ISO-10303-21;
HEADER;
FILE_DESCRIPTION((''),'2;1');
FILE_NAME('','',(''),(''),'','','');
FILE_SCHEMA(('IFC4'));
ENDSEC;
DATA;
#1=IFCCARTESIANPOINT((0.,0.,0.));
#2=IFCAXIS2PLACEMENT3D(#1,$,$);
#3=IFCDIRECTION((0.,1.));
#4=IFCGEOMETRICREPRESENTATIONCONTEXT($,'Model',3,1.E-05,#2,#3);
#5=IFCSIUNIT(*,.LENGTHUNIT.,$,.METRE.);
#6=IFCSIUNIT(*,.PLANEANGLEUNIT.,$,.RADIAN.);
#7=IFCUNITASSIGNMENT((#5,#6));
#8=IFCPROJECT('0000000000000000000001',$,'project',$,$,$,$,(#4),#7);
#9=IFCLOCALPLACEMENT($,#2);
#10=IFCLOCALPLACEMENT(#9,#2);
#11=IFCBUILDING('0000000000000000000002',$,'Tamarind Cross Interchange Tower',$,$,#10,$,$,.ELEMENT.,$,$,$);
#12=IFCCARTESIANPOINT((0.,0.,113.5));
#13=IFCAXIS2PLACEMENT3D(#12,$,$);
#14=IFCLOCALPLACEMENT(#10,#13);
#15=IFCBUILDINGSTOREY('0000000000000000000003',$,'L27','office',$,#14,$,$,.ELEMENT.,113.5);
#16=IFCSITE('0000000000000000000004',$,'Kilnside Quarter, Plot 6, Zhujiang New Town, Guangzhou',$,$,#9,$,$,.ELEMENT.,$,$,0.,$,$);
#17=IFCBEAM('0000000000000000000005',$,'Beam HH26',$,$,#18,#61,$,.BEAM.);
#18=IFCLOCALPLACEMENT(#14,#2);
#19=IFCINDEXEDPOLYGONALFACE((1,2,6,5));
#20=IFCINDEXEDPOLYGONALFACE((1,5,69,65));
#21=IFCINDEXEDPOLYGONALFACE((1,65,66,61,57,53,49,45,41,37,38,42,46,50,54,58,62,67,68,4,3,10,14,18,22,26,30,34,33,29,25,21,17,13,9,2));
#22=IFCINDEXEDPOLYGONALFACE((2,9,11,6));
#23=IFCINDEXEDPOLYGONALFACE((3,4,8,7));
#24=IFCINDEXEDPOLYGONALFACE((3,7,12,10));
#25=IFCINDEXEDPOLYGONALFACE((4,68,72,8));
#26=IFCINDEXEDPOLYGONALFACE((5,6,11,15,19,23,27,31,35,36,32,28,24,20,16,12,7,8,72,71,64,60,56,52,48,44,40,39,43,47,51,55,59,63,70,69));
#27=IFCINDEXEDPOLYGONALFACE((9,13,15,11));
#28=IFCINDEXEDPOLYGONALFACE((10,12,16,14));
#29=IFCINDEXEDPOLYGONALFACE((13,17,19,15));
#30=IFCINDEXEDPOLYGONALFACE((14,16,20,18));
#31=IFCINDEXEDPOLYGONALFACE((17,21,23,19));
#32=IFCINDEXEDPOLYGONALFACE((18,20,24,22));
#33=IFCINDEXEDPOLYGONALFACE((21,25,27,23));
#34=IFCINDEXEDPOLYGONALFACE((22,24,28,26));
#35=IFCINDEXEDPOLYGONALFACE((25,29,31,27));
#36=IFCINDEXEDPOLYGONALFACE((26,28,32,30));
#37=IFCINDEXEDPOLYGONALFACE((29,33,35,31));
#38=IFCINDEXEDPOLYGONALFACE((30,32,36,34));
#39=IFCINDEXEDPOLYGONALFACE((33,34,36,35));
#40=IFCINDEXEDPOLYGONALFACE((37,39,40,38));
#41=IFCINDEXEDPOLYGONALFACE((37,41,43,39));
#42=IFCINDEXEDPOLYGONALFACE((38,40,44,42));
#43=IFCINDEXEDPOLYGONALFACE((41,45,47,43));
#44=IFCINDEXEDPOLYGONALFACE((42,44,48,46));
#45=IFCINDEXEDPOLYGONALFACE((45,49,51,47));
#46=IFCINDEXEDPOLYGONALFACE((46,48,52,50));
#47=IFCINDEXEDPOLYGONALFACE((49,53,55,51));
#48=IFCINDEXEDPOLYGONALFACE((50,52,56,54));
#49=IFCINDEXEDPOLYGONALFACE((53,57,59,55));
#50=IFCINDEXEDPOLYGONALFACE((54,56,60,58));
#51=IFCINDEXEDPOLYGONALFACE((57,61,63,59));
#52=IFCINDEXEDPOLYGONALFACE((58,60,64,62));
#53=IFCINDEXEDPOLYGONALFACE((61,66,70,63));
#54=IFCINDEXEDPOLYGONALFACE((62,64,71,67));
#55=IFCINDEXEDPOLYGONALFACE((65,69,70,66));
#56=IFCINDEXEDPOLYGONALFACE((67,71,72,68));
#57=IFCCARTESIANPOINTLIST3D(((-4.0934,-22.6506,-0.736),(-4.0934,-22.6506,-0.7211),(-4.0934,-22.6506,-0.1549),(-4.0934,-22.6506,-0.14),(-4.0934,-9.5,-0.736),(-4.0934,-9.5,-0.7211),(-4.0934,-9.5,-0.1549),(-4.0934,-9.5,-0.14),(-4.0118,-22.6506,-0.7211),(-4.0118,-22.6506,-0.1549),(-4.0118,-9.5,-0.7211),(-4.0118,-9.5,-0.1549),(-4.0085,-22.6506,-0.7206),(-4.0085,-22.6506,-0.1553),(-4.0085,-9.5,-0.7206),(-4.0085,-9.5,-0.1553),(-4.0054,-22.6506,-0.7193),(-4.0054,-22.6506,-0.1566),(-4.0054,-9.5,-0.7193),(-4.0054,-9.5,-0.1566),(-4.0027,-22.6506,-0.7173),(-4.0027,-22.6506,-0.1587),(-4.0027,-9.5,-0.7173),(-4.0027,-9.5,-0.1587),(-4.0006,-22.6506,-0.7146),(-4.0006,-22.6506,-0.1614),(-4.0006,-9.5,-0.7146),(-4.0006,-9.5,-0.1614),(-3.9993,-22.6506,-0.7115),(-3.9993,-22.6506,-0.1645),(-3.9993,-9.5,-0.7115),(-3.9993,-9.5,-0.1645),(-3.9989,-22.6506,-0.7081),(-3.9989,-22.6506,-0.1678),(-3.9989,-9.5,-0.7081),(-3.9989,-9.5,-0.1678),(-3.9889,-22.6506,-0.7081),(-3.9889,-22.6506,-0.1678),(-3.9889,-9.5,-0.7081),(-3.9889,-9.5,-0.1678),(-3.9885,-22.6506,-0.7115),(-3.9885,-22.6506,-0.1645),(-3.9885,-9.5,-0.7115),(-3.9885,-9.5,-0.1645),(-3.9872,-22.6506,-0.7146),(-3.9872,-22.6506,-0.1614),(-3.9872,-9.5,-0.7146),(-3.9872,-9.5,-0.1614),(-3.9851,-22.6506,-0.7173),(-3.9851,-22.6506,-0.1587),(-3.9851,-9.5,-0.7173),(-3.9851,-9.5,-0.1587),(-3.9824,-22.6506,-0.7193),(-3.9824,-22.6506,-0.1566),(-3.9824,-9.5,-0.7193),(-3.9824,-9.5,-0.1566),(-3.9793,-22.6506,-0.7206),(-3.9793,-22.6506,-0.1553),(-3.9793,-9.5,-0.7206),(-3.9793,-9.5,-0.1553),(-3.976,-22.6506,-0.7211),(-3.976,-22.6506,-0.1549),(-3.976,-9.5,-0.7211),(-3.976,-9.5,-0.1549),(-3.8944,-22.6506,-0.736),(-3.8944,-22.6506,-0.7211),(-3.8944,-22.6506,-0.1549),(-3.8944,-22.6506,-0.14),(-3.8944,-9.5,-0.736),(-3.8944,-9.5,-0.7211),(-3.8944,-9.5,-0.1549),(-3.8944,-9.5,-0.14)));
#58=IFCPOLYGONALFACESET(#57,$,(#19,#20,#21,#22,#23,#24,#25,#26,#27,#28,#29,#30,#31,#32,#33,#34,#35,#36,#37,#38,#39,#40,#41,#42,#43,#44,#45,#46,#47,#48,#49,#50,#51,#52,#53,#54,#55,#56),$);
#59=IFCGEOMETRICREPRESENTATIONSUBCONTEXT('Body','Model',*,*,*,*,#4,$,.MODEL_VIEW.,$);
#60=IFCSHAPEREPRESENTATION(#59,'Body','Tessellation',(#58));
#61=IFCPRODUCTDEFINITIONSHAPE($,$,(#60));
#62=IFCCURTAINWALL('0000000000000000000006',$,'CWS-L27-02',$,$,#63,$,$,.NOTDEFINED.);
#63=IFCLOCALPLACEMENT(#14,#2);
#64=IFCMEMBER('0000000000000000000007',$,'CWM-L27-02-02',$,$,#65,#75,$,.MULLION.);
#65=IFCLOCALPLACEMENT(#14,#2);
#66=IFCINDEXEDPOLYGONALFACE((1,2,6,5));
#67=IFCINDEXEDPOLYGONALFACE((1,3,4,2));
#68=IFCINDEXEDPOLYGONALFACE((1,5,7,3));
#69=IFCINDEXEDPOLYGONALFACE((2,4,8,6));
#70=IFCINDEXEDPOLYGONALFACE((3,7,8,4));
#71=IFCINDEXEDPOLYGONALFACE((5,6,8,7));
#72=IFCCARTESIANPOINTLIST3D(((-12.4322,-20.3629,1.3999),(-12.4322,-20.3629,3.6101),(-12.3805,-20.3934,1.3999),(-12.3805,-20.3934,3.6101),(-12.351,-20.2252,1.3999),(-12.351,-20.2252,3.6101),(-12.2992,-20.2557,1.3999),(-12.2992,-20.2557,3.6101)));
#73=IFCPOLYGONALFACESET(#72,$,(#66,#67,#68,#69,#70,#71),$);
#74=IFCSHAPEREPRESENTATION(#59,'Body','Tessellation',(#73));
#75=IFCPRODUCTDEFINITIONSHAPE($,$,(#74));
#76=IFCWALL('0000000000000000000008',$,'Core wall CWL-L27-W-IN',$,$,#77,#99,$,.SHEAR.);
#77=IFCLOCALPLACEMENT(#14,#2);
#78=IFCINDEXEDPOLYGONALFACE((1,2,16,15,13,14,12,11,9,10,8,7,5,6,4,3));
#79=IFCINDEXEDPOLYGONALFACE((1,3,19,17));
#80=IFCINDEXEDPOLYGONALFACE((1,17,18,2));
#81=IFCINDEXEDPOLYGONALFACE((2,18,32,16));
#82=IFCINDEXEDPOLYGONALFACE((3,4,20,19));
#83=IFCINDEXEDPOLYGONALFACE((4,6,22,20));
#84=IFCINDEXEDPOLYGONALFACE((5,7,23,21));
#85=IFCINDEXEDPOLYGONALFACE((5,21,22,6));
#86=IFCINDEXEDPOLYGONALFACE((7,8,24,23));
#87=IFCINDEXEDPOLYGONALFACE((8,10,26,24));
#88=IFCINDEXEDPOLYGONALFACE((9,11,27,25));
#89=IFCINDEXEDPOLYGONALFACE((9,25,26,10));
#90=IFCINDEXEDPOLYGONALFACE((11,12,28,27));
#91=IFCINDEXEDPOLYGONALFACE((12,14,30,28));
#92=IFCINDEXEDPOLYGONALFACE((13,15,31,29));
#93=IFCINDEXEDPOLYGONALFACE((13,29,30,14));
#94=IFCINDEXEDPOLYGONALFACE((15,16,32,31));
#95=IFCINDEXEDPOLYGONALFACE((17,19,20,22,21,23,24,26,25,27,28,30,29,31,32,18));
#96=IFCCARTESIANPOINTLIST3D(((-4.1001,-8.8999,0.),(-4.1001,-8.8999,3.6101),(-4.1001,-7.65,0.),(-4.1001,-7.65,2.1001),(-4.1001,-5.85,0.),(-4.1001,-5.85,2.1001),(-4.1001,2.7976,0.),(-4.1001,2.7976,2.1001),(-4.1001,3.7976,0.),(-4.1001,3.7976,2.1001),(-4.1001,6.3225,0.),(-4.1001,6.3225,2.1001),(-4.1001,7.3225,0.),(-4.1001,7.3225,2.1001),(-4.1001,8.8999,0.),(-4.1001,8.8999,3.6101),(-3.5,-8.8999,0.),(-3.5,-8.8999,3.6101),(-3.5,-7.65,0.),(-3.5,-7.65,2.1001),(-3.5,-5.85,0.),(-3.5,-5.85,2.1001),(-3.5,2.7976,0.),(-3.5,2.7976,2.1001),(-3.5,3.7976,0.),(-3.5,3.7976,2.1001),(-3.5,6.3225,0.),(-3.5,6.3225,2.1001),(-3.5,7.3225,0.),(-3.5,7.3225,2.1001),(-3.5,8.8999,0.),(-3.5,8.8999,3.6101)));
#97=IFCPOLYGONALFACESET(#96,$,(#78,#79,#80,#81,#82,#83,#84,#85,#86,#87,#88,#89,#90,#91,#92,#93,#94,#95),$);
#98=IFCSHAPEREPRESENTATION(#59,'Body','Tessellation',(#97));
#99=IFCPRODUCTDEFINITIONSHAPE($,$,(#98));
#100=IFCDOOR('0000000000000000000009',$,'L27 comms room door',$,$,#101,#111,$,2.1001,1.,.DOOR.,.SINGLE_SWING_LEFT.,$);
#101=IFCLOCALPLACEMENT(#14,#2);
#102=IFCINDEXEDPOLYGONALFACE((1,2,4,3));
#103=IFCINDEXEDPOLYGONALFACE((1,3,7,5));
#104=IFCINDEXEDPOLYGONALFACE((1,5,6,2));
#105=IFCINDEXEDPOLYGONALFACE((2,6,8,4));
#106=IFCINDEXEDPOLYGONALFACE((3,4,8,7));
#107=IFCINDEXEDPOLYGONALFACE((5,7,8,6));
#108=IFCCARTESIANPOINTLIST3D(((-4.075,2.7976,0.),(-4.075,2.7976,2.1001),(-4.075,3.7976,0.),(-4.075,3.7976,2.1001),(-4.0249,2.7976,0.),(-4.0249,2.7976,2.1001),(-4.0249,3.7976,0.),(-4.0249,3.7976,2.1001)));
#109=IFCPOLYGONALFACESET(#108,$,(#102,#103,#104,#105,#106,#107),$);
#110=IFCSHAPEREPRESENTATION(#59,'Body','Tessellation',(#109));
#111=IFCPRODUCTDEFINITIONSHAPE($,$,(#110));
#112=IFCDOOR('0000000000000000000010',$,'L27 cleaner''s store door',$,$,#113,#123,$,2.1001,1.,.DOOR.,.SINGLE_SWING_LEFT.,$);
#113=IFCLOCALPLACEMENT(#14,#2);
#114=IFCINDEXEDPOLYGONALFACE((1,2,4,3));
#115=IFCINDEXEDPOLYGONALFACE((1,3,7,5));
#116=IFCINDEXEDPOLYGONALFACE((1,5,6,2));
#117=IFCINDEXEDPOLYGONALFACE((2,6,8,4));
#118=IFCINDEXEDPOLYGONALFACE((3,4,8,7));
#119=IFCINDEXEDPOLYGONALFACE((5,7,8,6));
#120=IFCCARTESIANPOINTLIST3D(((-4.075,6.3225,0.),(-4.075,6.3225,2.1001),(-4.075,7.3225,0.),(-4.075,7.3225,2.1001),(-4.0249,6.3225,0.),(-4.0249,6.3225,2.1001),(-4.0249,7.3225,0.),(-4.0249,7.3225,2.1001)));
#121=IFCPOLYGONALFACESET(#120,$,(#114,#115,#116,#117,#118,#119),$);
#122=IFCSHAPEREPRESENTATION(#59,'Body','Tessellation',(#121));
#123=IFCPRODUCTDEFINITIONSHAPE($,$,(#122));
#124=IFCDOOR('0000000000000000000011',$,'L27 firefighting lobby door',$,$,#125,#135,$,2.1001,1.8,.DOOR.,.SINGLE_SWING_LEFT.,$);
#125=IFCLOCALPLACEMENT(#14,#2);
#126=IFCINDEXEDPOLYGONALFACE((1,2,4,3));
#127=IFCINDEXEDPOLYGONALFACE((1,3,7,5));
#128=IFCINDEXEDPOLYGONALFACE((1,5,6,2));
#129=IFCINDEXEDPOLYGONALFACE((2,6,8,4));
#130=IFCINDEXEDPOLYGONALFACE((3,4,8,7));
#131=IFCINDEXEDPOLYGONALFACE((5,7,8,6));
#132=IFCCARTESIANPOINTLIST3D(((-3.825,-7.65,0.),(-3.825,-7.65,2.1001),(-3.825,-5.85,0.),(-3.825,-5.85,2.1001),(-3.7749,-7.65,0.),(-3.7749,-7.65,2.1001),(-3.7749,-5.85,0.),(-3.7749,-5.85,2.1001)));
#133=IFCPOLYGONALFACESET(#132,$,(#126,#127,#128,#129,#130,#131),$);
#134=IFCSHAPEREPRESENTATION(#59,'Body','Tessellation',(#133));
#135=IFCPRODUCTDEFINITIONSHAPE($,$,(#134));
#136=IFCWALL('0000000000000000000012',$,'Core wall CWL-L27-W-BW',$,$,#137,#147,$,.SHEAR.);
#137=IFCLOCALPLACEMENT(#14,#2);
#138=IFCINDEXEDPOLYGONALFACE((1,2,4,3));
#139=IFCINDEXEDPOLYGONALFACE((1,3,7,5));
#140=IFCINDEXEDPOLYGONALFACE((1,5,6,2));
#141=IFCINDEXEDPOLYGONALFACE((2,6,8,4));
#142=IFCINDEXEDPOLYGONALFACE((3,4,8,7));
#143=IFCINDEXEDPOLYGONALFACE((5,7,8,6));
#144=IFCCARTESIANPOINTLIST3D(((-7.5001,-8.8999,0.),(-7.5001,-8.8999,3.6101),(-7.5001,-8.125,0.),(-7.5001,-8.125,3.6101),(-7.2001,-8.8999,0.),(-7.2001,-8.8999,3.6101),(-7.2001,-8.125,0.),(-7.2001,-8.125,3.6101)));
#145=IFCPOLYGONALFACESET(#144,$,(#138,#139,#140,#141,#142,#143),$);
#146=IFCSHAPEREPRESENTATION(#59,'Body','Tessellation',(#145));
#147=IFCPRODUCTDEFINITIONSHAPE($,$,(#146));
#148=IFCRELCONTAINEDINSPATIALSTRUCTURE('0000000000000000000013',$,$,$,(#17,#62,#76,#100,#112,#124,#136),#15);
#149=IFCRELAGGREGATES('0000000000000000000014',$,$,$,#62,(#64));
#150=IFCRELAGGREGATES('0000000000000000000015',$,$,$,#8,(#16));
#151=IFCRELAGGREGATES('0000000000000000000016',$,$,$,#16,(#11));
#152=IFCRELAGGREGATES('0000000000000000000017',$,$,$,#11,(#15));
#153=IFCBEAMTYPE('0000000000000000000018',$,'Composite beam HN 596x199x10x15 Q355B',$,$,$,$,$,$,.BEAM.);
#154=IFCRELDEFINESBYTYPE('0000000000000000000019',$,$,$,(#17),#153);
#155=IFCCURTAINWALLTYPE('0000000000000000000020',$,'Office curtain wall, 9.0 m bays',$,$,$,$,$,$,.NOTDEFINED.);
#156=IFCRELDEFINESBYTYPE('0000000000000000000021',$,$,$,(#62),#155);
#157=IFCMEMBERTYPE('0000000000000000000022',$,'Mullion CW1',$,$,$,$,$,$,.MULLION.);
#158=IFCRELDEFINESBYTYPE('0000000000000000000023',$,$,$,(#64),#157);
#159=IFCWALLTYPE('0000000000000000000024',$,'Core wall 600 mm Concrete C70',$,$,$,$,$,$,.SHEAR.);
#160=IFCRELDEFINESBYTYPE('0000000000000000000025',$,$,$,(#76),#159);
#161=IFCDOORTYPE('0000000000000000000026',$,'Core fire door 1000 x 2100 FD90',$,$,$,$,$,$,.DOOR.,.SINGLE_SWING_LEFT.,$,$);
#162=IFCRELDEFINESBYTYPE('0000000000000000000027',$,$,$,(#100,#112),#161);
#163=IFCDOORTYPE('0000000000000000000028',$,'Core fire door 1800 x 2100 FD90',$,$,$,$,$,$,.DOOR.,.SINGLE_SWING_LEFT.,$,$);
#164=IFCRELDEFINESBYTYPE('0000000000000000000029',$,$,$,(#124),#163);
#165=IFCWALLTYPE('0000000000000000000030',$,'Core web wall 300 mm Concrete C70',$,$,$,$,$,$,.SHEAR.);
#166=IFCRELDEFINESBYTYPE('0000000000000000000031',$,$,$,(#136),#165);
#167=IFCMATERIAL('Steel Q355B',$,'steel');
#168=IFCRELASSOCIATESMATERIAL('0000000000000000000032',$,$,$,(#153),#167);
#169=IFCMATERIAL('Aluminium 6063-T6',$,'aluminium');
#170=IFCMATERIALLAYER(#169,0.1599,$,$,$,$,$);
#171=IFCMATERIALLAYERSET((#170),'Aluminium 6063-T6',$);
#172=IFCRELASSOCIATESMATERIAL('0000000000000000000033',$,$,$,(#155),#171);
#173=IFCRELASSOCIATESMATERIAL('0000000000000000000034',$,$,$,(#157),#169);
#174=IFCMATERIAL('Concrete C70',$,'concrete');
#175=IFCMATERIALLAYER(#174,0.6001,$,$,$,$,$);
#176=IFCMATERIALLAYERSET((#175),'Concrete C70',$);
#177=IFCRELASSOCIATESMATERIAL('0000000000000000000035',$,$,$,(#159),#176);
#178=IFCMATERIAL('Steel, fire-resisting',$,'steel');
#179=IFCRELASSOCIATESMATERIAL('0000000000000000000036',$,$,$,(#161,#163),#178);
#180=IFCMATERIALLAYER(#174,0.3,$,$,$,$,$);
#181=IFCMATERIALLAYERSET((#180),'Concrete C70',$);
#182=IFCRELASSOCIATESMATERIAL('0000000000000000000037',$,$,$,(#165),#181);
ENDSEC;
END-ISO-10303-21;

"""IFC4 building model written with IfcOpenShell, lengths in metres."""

from ifc_helpers import new_model, si_unit, direction, frame, frame_2d, origin, origin_2d, place, context, subcontext, project, spatial, rectangle, i_section, extrude, material, layer, layer_set, material_profile, profile_set, type_object, element, fill, aggregate, save


model = new_model("IFC4")

# Units and contexts
model_context = context("Model", 3, precision=1e-05, world=origin(), true_north=direction((0.0, 1.0)))
body_context = subcontext(model_context, "Body", "Model", "MODEL_VIEW")
ifc_project = project(units=[si_unit("LENGTHUNIT", "METRE"), si_unit("PLANEANGLEUNIT", "RADIAN")], contexts=[model_context])

# Site, building, storey
site_placement = place(None, origin())
site = spatial("IfcSite", under=ifc_project, at=site_placement, Name="Kilnside Quarter, Plot 6, Zhujiang New Town, Guangzhou", CompositionType="ELEMENT", RefElevation=0.0)
building_placement = place(site_placement, origin())
building = spatial("IfcBuilding", under=site, at=building_placement, Name="Tamarind Cross Interchange Tower", CompositionType="ELEMENT")
storey_placement = place(building_placement, frame((0.0, 0.0, 113.5)))
storey = spatial("IfcBuildingStorey", under=building, at=storey_placement, Name="L27", Description="office", CompositionType="ELEMENT", Elevation=113.5)

# Beam
ifc_material_1 = material(Name="Steel Q355B", Category="steel")
ifc_material_profile_1 = material_profile(ifc_material_1, i_section(OverallWidth=0.199, OverallDepth=0.5959, WebThickness=0.01, FlangeThickness=0.0149, FilletRadius=0.0129, at=origin_2d()), Name="HN 596x199x10x15")
ifc_profile_set_1 = profile_set([ifc_material_profile_1], Name="Steel Q355B")
beam_type_1 = type_object("IfcBeamType", Name="Composite beam HN 596x199x10x15 Q355B", PredefinedType="BEAM", material=ifc_profile_set_1)
beam_1_placement = place(storey_placement, frame((-3.9939, -22.6506, -0.438), z_axis=(0.0, 1.0, 0.0), x_axis=(-1.0, 0.0, 0.0)))
element("IfcBeam", 1, at=beam_1_placement, inside=storey, type_object=beam_type_1, Name="Beam HH26", PredefinedType="BEAM", context=body_context, shape_type="SweptSolid", body=[
    extrude(i_section(OverallWidth=0.199, OverallDepth=0.5959, WebThickness=0.01, FlangeThickness=0.0149, FilletRadius=0.0129, at=origin_2d()), origin(), (0.0, 0.0, 1.0), 13.1506),
])

# Curtain wall, member
ifc_material_2 = material(Name="Aluminium 6063-T6", Category="aluminium")
ifc_layer_1 = layer(ifc_material_2, 0.1599)
ifc_layer_set_1 = layer_set([ifc_layer_1], Name="Aluminium 6063-T6")
curtain_wall_type = type_object("IfcCurtainWallType", Name="Office curtain wall, 9.0 m bays", PredefinedType="NOTDEFINED", material=ifc_layer_set_1)
curtain_wall_placement = place(storey_placement, origin())
curtain_wall = element("IfcCurtainWall", 2, at=curtain_wall_placement, inside=storey, type_object=curtain_wall_type, Name="CWS-L27-02", PredefinedType="NOTDEFINED")
ifc_material_profile_2 = material_profile(ifc_material_2, rectangle(XDim=0.0601, YDim=0.1599, at=origin_2d()), Name="Mullion CW1")
ifc_profile_set_2 = profile_set([ifc_material_profile_2], Name="Aluminium 6063-T6")
member_type = type_object("IfcMemberType", Name="Mullion CW1", PredefinedType="MULLION", material=ifc_profile_set_2)
member_placement = place(storey_placement, frame((-12.3657, -20.3093, 1.3999), z_axis=(0.0, 0.0, 1.0), x_axis=(0.861249, -0.508183, 0.0)))
member = element("IfcMember", 3, at=member_placement, type_object=member_type, Name="CWM-L27-02-02", PredefinedType="MULLION", context=body_context, shape_type="SweptSolid", body=[
    extrude(rectangle(XDim=0.0601, YDim=0.1599, at=origin_2d()), origin(), (0.0, 0.0, 1.0), 2.2102),
])
aggregate(curtain_wall, [member])

# Wall, openings, doors
ifc_material_3 = material(Name="Concrete C70", Category="concrete")
ifc_layer_2 = layer(ifc_material_3, 0.6001)
ifc_layer_set_2 = layer_set([ifc_layer_2], Name="Concrete C70")
wall_type_1 = type_object("IfcWallType", Name="Core wall 600 mm Concrete C70", PredefinedType="SHEAR", material=ifc_layer_set_2)
wall_1_placement = place(storey_placement, frame((-3.8, -8.8999, 0.0), z_axis=(0.0, 0.0, 1.0), x_axis=(0.0, 1.0, 0.0)))
wall_1 = element("IfcWall", 4, at=wall_1_placement, inside=storey, type_object=wall_type_1, Name="Core wall CWL-L27-W-IN", PredefinedType="SHEAR", context=body_context, shape_type="SweptSolid", body=[
    extrude(rectangle(XDim=17.7998, YDim=0.6001, at=frame_2d((8.8999, 0.0))), origin(), (0.0, 0.0, 1.0), 3.6101),
])
opening_1_placement = place(wall_1_placement, frame((1.25, 0.0, 0.0)))
opening_1 = element("IfcOpeningElement", 5, at=opening_1_placement, cuts=wall_1, PredefinedType="OPENING", context=body_context, shape_type="SweptSolid", body=[
    extrude(rectangle(XDim=1.8, YDim=2.1001, at=frame_2d((0.8999, 1.05))), frame((0.0, 0.3101, 0.0), z_axis=(0.0, -1.0, 0.0), x_axis=(1.0, 0.0, 0.0)), (0.0, 0.0, 1.0), 0.6201),
])
opening_2_placement = place(wall_1_placement, frame((11.6975, 0.0, 0.0)))
opening_2 = element("IfcOpeningElement", 6, at=opening_2_placement, cuts=wall_1, PredefinedType="OPENING", context=body_context, shape_type="SweptSolid", body=[
    extrude(rectangle(XDim=1.0, YDim=2.1001, at=frame_2d((0.5, 1.05))), frame((0.0, 0.3101, 0.0), z_axis=(0.0, -1.0, 0.0), x_axis=(1.0, 0.0, 0.0)), (0.0, 0.0, 1.0), 0.6201),
])
opening_3_placement = place(wall_1_placement, frame((15.2224, 0.0, 0.0)))
opening_3 = element("IfcOpeningElement", 7, at=opening_3_placement, cuts=wall_1, PredefinedType="OPENING", context=body_context, shape_type="SweptSolid", body=[
    extrude(rectangle(XDim=1.0, YDim=2.1001, at=frame_2d((0.5, 1.05))), frame((0.0, 0.3101, 0.0), z_axis=(0.0, -1.0, 0.0), x_axis=(1.0, 0.0, 0.0)), (0.0, 0.0, 1.0), 0.6201),
])
ifc_material_4 = material(Name="Steel, fire-resisting", Category="steel")
door_type_1 = type_object("IfcDoorType", Name="Core fire door 1000 x 2100 FD90", OperationType="SINGLE_SWING_LEFT", PredefinedType="DOOR", material=ifc_material_4)
door_1_placement = place(opening_2_placement, origin())
door_1 = element("IfcDoor", 8, at=door_1_placement, inside=storey, type_object=door_type_1, Name="L27 comms room door", OperationType="SINGLE_SWING_LEFT", OverallHeight=2.1001, OverallWidth=1.0, PredefinedType="DOOR", context=body_context, shape_type="SweptSolid", body=[
    extrude(rectangle(XDim=1.0, YDim=2.1001, at=frame_2d((0.5, 1.05))), frame((0.0, 0.2749, 0.0), z_axis=(0.0, -1.0, 0.0), x_axis=(1.0, 0.0, 0.0)), (0.0, 0.0, 1.0), 0.05),
])
fill(opening_2, door_1)
door_2_placement = place(opening_3_placement, origin())
door_2 = element("IfcDoor", 9, at=door_2_placement, inside=storey, type_object=door_type_1, Name="L27 cleaner's store door", OperationType="SINGLE_SWING_LEFT", OverallHeight=2.1001, OverallWidth=1.0, PredefinedType="DOOR", context=body_context, shape_type="SweptSolid", body=[
    extrude(rectangle(XDim=1.0, YDim=2.1001, at=frame_2d((0.5, 1.05))), frame((0.0, 0.2749, 0.0), z_axis=(0.0, -1.0, 0.0), x_axis=(1.0, 0.0, 0.0)), (0.0, 0.0, 1.0), 0.05),
])
fill(opening_3, door_2)
door_type_2 = type_object("IfcDoorType", Name="Core fire door 1800 x 2100 FD90", OperationType="SINGLE_SWING_LEFT", PredefinedType="DOOR", material=ifc_material_4)
door_3_placement = place(opening_1_placement, origin())
door_3 = element("IfcDoor", 10, at=door_3_placement, inside=storey, type_object=door_type_2, Name="L27 firefighting lobby door", OperationType="SINGLE_SWING_LEFT", OverallHeight=2.1001, OverallWidth=1.8, PredefinedType="DOOR", context=body_context, shape_type="SweptSolid", body=[
    extrude(rectangle(XDim=1.8, YDim=2.1001, at=frame_2d((0.8999, 1.05))), frame((0.0, 0.0249, 0.0), z_axis=(0.0, -1.0, 0.0), x_axis=(1.0, 0.0, 0.0)), (0.0, 0.0, 1.0), 0.05),
])
fill(opening_1, door_3)

# Wall
ifc_layer_3 = layer(ifc_material_3, 0.3)
ifc_layer_set_3 = layer_set([ifc_layer_3], Name="Concrete C70")
wall_type_2 = type_object("IfcWallType", Name="Core web wall 300 mm Concrete C70", PredefinedType="SHEAR", material=ifc_layer_set_3)
wall_2_placement = place(storey_placement, frame((-7.3501, -8.8999, 0.0), z_axis=(0.0, 0.0, 1.0), x_axis=(0.0, 1.0, 0.0)))
element("IfcWall", 11, at=wall_2_placement, inside=storey, type_object=wall_type_2, Name="Core wall CWL-L27-W-BW", PredefinedType="SHEAR", context=body_context, shape_type="SweptSolid", body=[
    extrude(rectangle(XDim=0.7749, YDim=0.3, at=frame_2d((0.3875, 0.0))), origin(), (0.0, 0.0, 1.0), 3.6101),
])

save(model, "model.ifc")
